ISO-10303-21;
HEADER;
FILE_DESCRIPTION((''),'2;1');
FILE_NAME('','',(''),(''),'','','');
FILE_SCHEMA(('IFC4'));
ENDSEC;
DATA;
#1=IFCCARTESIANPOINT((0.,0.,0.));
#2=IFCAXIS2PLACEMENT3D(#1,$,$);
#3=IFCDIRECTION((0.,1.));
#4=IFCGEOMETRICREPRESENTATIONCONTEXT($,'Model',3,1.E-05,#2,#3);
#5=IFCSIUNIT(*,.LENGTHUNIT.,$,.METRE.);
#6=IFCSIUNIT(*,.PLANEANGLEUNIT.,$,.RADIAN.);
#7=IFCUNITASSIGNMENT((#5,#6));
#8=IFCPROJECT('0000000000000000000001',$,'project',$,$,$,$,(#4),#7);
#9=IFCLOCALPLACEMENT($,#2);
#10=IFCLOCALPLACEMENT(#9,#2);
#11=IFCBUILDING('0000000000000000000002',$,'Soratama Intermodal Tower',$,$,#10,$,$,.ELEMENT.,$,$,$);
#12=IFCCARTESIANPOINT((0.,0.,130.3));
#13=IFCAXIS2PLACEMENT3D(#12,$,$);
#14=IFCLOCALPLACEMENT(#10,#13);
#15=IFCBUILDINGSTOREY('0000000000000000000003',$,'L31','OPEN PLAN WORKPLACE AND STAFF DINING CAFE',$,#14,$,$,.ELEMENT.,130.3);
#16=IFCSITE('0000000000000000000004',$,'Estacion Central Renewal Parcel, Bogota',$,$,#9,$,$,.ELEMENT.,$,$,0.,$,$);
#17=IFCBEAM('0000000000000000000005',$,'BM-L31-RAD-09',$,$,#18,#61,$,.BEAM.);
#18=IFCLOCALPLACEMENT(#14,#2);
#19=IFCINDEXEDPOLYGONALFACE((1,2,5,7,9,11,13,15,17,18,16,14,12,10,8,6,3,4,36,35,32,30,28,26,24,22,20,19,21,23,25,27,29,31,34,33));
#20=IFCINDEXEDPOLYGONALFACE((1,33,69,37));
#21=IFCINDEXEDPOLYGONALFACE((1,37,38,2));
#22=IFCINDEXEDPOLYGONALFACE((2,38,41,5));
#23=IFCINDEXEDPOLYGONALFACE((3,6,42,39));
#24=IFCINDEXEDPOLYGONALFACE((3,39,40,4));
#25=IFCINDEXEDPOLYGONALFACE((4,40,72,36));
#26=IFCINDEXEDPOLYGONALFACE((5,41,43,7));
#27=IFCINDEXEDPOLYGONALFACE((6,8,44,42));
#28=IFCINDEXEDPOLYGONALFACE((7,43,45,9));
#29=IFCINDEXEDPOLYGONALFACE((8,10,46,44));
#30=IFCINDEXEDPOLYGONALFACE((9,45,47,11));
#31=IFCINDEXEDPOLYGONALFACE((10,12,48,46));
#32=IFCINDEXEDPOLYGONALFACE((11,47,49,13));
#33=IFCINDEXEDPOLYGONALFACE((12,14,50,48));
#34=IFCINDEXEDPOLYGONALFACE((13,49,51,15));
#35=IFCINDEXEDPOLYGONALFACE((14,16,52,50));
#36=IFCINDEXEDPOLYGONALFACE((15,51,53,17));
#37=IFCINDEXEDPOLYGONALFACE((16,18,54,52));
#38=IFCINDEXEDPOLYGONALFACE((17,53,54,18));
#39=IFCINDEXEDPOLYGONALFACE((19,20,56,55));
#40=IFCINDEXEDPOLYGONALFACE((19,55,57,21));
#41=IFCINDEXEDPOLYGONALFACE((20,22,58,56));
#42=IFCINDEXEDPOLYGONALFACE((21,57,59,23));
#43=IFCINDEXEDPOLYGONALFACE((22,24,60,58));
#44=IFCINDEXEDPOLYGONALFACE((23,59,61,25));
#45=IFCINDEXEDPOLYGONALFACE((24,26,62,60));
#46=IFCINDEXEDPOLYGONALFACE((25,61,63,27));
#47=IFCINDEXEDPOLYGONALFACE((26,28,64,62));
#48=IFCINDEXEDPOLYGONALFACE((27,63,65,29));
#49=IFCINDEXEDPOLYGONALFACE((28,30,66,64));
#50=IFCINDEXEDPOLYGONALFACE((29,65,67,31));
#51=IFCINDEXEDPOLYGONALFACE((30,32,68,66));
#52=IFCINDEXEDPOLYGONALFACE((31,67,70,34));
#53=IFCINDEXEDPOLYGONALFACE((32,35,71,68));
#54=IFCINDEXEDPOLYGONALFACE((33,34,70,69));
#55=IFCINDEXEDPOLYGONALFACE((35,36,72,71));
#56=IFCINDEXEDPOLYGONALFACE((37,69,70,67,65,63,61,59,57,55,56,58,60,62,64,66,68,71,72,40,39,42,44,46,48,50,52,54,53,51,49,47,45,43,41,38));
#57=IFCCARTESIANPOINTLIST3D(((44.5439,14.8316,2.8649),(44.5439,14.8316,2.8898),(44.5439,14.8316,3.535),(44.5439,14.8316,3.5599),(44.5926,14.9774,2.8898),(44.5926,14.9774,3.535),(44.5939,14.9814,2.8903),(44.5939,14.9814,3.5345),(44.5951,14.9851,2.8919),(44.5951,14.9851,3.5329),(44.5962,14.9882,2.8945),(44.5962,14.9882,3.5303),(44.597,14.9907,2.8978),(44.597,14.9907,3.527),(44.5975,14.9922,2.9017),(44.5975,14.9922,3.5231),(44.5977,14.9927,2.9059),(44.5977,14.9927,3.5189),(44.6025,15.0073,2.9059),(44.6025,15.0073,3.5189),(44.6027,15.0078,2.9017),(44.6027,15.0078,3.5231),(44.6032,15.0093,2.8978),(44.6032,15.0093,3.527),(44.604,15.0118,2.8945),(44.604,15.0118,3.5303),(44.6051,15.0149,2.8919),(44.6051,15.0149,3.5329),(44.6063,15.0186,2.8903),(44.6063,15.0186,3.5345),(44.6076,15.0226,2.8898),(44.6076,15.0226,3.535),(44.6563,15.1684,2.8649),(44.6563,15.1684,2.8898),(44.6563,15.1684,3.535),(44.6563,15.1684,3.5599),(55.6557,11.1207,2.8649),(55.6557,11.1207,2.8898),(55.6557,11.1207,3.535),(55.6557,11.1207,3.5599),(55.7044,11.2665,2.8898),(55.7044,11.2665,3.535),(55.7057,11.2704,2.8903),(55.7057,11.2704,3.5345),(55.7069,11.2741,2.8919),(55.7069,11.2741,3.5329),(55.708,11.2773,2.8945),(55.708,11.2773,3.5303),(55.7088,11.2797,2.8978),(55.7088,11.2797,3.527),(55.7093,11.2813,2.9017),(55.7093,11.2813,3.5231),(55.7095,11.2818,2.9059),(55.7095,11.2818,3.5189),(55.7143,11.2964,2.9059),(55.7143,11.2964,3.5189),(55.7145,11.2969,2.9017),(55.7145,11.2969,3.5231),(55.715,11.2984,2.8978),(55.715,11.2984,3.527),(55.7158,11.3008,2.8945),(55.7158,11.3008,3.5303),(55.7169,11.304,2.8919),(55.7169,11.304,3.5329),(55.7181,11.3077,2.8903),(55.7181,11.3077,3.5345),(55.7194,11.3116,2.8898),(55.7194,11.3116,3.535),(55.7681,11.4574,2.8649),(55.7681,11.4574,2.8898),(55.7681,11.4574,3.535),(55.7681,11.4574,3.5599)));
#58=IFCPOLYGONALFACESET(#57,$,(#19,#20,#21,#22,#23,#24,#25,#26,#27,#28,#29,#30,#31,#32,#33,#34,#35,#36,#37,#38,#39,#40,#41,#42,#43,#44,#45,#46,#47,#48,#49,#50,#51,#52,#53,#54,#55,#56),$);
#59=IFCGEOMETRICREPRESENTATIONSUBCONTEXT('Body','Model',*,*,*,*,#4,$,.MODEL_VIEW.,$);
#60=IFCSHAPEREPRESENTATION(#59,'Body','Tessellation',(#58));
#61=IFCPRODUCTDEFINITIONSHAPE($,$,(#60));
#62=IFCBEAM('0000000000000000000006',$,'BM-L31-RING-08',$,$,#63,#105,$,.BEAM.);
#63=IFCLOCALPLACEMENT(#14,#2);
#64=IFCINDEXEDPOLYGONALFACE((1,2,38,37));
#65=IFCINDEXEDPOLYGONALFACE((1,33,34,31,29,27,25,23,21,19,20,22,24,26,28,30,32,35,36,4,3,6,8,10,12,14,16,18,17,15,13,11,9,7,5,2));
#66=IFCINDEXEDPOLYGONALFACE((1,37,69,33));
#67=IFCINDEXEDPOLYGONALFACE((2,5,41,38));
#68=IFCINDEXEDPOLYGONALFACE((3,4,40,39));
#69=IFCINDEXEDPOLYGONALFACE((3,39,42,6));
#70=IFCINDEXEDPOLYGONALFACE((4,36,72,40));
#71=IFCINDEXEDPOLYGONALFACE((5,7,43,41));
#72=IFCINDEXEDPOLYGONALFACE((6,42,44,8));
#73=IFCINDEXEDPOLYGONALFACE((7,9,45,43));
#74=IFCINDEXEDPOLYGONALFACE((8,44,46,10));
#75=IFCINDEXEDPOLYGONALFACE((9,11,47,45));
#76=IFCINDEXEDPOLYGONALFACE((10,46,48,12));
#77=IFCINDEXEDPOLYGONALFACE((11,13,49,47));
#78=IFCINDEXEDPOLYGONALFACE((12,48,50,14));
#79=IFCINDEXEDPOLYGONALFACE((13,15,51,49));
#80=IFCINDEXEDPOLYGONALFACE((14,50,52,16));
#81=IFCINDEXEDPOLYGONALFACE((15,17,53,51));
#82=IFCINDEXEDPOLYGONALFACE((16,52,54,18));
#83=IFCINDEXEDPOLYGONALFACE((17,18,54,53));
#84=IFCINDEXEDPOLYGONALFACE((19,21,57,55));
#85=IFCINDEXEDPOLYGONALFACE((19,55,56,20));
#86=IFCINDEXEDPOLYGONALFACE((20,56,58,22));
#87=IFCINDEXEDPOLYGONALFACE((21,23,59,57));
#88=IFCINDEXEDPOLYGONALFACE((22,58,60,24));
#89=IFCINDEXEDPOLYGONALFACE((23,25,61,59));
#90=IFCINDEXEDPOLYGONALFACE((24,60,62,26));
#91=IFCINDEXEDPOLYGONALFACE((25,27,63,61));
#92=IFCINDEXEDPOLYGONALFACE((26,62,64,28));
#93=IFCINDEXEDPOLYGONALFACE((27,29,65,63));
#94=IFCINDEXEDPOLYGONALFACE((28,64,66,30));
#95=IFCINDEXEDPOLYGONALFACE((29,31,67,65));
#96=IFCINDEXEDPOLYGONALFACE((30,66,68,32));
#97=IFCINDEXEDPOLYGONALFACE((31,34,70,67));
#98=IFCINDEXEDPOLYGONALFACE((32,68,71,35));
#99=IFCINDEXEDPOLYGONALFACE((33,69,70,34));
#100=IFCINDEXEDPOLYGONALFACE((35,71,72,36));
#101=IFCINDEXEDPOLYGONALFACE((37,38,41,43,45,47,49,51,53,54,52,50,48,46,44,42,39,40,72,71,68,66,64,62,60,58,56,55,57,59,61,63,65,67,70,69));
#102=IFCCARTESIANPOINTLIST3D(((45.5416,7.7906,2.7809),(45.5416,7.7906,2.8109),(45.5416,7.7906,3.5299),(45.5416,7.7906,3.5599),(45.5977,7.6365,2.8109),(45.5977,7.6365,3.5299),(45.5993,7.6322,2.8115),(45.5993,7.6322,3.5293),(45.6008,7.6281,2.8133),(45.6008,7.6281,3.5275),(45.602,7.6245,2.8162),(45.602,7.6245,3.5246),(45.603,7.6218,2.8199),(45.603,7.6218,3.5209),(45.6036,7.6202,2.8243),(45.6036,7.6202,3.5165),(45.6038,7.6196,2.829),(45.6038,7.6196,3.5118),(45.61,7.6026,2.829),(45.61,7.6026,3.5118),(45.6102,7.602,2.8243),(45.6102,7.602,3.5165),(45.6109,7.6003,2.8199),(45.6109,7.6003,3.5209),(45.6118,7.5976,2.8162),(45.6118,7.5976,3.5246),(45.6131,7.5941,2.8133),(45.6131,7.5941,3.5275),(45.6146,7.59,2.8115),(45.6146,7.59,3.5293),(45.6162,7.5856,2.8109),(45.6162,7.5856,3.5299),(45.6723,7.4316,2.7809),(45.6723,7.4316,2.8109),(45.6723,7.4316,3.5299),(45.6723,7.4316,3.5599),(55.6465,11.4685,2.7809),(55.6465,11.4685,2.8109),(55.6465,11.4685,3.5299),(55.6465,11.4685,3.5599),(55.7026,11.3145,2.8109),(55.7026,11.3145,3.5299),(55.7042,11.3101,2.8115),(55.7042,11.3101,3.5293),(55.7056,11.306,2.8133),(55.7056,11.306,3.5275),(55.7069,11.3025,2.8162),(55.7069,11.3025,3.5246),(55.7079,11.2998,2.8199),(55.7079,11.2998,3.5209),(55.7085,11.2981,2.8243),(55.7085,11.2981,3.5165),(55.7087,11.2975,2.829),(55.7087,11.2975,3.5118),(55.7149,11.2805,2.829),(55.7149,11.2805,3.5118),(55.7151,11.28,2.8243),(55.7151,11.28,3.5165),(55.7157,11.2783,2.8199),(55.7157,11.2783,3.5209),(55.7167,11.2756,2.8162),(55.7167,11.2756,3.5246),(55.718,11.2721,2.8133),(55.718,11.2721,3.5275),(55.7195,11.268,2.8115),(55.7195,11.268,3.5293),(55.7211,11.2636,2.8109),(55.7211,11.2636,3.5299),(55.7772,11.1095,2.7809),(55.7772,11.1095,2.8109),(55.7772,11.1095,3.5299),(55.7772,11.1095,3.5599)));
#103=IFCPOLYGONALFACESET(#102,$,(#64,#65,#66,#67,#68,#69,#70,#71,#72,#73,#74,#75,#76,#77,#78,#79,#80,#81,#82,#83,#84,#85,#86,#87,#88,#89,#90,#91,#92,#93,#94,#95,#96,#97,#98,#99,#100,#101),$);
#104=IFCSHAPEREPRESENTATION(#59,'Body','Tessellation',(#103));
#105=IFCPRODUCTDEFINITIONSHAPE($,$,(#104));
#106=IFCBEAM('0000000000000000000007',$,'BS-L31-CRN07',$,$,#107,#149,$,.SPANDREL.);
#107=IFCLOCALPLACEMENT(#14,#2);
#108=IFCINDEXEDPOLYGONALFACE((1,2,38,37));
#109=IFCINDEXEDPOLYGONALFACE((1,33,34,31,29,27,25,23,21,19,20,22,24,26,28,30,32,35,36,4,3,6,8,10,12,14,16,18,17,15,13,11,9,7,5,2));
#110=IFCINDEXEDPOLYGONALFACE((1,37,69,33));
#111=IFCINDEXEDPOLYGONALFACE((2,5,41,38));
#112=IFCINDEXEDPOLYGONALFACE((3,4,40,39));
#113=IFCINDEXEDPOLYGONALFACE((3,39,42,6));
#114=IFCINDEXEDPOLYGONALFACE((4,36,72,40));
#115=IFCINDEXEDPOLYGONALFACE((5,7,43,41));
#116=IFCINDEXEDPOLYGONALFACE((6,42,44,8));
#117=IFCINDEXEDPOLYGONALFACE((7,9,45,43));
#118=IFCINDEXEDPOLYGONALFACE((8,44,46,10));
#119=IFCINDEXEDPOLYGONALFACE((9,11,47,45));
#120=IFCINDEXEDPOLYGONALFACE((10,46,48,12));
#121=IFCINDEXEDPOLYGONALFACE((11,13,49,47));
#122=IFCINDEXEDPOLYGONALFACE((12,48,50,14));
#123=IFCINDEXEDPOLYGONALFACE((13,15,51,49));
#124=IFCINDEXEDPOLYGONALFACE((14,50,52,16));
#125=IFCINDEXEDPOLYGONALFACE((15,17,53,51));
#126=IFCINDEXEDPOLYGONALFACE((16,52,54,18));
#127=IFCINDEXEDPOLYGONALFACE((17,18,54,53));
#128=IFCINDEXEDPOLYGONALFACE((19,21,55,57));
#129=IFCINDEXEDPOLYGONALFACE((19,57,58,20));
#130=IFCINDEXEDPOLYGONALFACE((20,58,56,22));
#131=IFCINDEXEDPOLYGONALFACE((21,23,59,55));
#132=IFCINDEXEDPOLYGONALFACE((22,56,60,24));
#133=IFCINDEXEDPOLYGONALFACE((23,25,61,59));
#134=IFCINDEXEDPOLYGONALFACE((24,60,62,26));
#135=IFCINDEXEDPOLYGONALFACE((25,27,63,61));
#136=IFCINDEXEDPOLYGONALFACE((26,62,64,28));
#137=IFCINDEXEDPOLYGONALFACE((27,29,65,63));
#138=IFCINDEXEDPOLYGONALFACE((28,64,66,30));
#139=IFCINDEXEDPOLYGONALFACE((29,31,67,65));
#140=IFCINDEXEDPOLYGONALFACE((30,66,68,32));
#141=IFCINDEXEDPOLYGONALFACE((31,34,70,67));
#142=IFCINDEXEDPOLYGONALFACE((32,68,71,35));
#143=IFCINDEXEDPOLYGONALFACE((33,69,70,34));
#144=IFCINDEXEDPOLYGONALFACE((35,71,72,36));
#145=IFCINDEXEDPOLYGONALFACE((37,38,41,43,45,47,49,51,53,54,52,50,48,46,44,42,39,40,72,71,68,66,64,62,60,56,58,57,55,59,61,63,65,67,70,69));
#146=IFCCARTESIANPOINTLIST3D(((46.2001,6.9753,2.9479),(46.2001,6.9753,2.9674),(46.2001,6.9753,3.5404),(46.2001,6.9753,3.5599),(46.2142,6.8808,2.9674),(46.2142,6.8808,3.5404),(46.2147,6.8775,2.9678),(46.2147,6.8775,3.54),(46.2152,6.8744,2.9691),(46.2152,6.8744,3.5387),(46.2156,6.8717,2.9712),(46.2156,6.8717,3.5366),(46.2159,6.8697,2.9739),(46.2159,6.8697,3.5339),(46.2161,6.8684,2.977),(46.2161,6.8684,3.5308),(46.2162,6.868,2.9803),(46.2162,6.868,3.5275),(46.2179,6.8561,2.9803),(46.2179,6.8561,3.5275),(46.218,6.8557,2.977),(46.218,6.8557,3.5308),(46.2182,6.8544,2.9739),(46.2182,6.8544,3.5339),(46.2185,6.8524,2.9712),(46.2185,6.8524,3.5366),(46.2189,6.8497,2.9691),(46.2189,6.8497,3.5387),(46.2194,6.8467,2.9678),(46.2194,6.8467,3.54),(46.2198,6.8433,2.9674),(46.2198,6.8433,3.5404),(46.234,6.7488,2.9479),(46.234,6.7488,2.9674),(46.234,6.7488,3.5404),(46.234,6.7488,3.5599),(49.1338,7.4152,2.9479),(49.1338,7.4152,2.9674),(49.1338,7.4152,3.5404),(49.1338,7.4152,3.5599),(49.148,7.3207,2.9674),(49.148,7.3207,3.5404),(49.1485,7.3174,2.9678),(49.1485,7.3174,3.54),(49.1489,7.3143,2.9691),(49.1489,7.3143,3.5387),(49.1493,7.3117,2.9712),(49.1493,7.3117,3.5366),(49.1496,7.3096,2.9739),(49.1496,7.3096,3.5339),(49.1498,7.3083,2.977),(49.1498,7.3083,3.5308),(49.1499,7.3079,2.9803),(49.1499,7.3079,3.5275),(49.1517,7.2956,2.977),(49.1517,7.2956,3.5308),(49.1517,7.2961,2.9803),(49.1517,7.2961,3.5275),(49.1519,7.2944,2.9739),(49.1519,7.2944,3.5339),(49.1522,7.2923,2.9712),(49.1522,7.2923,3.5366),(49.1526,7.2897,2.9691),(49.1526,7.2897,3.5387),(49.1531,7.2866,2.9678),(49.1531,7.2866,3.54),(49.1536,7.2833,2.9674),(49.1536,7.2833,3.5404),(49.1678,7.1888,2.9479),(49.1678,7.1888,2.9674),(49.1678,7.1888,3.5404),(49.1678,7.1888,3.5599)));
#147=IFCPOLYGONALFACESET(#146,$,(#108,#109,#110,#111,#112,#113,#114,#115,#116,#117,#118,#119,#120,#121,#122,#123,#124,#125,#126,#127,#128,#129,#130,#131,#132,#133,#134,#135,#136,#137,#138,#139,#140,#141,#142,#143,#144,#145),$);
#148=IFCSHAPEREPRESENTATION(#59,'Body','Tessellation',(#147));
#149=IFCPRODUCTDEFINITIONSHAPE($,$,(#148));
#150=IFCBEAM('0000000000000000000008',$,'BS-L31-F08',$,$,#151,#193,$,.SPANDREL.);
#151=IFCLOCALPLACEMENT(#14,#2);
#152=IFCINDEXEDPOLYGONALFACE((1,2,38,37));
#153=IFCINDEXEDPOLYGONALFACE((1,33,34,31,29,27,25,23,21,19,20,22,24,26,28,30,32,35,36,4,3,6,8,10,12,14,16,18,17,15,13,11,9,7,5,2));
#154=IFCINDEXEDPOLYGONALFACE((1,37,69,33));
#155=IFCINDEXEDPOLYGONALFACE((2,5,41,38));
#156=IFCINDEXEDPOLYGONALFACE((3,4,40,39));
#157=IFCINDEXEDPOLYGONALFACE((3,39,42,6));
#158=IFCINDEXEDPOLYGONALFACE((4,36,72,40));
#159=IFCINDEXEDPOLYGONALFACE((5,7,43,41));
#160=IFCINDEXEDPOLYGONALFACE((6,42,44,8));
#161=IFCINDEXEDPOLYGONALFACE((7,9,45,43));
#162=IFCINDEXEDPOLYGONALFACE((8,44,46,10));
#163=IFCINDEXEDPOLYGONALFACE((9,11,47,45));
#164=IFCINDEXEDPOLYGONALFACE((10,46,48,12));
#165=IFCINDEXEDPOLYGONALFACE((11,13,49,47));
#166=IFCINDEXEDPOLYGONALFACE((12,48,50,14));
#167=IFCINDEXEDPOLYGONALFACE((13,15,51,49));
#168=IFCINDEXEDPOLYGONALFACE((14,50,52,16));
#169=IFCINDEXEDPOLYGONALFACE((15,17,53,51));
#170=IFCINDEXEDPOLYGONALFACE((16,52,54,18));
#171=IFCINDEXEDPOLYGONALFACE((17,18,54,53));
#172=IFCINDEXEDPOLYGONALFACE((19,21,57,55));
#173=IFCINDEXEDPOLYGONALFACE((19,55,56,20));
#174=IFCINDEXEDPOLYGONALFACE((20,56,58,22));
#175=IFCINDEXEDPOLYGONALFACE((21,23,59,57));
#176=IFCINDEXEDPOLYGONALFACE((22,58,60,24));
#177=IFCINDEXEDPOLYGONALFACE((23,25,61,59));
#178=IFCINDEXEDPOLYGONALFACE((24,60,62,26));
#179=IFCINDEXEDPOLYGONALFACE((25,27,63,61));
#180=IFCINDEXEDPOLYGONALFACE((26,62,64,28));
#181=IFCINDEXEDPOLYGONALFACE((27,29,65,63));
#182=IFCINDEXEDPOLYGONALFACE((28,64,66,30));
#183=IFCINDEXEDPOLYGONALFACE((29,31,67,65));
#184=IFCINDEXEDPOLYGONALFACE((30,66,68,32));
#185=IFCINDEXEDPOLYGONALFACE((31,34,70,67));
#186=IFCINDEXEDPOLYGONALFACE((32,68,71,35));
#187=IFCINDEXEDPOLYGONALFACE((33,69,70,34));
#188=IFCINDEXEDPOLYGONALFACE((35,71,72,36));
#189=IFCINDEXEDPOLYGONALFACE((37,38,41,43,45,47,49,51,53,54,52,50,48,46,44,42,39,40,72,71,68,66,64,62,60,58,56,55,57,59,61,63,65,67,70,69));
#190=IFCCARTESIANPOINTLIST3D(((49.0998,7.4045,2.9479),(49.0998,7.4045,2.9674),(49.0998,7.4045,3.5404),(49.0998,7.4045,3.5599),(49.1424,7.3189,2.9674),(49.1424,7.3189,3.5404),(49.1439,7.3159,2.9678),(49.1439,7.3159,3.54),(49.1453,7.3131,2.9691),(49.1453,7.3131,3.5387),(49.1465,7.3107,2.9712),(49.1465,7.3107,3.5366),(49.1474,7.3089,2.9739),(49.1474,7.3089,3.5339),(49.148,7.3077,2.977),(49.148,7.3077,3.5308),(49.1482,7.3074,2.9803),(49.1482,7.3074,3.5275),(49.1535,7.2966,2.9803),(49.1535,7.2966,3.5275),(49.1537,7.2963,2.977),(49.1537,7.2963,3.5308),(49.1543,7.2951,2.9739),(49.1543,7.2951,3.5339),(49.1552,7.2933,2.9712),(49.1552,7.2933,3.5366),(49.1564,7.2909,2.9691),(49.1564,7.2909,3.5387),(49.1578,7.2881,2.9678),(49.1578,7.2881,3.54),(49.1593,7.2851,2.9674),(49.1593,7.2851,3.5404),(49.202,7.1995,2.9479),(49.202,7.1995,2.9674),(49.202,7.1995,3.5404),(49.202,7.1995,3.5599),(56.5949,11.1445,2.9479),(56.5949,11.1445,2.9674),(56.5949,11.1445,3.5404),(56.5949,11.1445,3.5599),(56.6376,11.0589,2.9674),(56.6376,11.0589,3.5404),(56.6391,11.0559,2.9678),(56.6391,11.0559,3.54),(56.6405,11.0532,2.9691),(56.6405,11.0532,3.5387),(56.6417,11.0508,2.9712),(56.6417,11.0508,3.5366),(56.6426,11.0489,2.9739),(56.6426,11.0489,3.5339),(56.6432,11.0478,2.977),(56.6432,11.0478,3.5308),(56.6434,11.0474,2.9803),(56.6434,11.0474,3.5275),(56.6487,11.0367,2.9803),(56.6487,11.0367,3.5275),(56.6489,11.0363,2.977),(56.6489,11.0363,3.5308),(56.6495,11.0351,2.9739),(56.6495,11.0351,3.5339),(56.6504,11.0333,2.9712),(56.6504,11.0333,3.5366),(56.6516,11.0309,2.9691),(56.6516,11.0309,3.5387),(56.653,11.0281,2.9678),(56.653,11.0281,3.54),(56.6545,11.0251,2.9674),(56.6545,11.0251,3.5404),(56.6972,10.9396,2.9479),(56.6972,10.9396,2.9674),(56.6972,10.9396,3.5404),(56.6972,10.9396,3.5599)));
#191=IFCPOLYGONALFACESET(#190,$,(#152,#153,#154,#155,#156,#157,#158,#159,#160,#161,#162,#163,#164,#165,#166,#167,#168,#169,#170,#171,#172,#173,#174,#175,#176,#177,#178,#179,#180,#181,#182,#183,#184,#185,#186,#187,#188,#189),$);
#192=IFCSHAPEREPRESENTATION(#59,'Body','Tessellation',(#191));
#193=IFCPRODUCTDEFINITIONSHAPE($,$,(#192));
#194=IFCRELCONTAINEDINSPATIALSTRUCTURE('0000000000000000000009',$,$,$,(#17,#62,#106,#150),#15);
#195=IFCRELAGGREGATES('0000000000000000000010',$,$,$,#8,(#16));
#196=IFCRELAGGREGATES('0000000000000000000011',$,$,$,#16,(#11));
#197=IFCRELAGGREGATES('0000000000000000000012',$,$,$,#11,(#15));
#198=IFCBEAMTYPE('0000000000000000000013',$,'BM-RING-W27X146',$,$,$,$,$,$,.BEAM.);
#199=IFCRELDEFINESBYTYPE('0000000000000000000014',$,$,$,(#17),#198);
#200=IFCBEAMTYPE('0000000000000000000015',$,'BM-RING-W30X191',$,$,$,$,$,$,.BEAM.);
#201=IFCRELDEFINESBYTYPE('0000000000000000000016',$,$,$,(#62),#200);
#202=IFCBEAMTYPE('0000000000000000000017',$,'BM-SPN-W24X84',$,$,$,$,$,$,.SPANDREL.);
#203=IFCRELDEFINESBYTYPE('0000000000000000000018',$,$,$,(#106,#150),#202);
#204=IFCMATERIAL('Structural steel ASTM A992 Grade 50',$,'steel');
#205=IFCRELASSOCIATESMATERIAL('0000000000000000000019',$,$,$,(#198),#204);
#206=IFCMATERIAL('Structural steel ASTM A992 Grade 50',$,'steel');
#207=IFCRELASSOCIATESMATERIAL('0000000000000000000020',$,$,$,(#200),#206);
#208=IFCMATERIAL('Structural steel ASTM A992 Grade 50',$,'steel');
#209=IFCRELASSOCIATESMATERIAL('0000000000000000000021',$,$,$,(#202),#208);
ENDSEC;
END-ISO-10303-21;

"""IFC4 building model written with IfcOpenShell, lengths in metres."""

from ifc_helpers import new_model, si_unit, direction, frame, origin, origin_2d, place, context, subcontext, project, spatial, i_section, extrude, material, material_profile, profile_set, type_object, element, save


model = new_model("IFC4")

# Units and contexts
model_context = context("Model", 3, precision=1e-05, world=origin(), true_north=direction((0.0, 1.0)))
body_context = subcontext(model_context, "Body", "Model", "MODEL_VIEW")
ifc_project = project(units=[si_unit("LENGTHUNIT", "METRE"), si_unit("PLANEANGLEUNIT", "RADIAN")], contexts=[model_context])

# Site, building, storey
site_placement = place(None, origin())
site = spatial("IfcSite", under=ifc_project, at=site_placement, Name="Estacion Central Renewal Parcel, Bogota", CompositionType="ELEMENT", RefElevation=0.0)
building_placement = place(site_placement, origin())
building = spatial("IfcBuilding", under=site, at=building_placement, Name="Soratama Intermodal Tower", CompositionType="ELEMENT")
storey_placement = place(building_placement, frame((0.0, 0.0, 130.3)))
storey = spatial("IfcBuildingStorey", under=building, at=storey_placement, Name="L31", Description="OPEN PLAN WORKPLACE AND STAFF DINING CAFE", CompositionType="ELEMENT", Elevation=130.3)

# Beams
ifc_material_1 = material(Name="Structural steel ASTM A992 Grade 50", Category="steel")
ifc_material_profile_1 = material_profile(ifc_material_1, i_section(OverallWidth=0.355, OverallDepth=0.6951, WebThickness=0.0154, FlangeThickness=0.0249, FilletRadius=0.0161, at=origin_2d()), Name="W27X146")
ifc_profile_set_1 = profile_set([ifc_material_profile_1], Name="Structural steel ASTM A992 Grade 50")
beam_type_1 = type_object("IfcBeamType", Name="BM-RING-W27X146", PredefinedType="BEAM", material=ifc_profile_set_1)
beam_1_placement = place(storey_placement, frame((44.6001, 15.0, 3.2124), z_axis=(0.948504, -0.316765, 0.0), x_axis=(0.316765, 0.948504, 0.0)))
element("IfcBeam", 1, at=beam_1_placement, inside=storey, type_object=beam_type_1, Name="BM-L31-RAD-09", PredefinedType="BEAM", context=body_context, shape_type="SweptSolid", body=[
    extrude(i_section(OverallWidth=0.355, OverallDepth=0.6951, WebThickness=0.0154, FlangeThickness=0.0249, FilletRadius=0.0161, at=origin_2d()), origin(), (0.0, 0.0, 1.0), 11.7151),
])
ifc_material_2 = material(Name="Structural steel ASTM A992 Grade 50", Category="steel")
ifc_material_profile_2 = material_profile(ifc_material_2, i_section(OverallWidth=0.3821, OverallDepth=0.7791, WebThickness=0.0181, FlangeThickness=0.03, FilletRadius=0.0181, at=origin_2d()), Name="W30X191")
ifc_profile_set_2 = profile_set([ifc_material_profile_2], Name="Structural steel ASTM A992 Grade 50")
beam_type_2 = type_object("IfcBeamType", Name="BM-RING-W30X191", PredefinedType="BEAM", material=ifc_profile_set_2)
beam_2_placement = place(storey_placement, frame((45.6069, 7.6111, 3.1704), z_axis=(0.939691, 0.342026, 0.0), x_axis=(-0.342026, 0.939691, 0.0)))
element("IfcBeam", 2, at=beam_2_placement, inside=storey, type_object=beam_type_2, Name="BM-L31-RING-08", PredefinedType="BEAM", context=body_context, shape_type="SweptSolid", body=[
    extrude(i_section(OverallWidth=0.3821, OverallDepth=0.7791, WebThickness=0.0181, FlangeThickness=0.03, FilletRadius=0.0181, at=origin_2d()), origin(), (0.0, 0.0, 1.0), 10.7534),
])
ifc_material_3 = material(Name="Structural steel ASTM A992 Grade 50", Category="steel")
ifc_material_profile_3 = material_profile(ifc_material_3, i_section(OverallWidth=0.229, OverallDepth=0.6121, WebThickness=0.012, FlangeThickness=0.0195, FilletRadius=0.0129, at=origin_2d()), Name="W24X84")
ifc_profile_set_3 = profile_set([ifc_material_profile_3], Name="Structural steel ASTM A992 Grade 50")
beam_type_3 = type_object("IfcBeamType", Name="BM-SPN-W24X84", PredefinedType="SPANDREL", material=ifc_profile_set_3)
beam_3_placement = place(storey_placement, frame((46.217, 6.8621, 3.2539), z_axis=(0.988943, 0.148296, 0.0), x_axis=(-0.148296, 0.988943, 0.0)))
element("IfcBeam", 3, at=beam_3_placement, inside=storey, type_object=beam_type_3, Name="BS-L31-CRN07", PredefinedType="SPANDREL", context=body_context, shape_type="SweptSolid", body=[
    extrude(i_section(OverallWidth=0.229, OverallDepth=0.6121, WebThickness=0.012, FlangeThickness=0.0195, FilletRadius=0.0129, at=origin_2d()), origin(), (0.0, 0.0, 1.0), 2.9666),
])
beam_4_placement = place(storey_placement, frame((49.1509, 7.302, 3.2539), z_axis=(0.894788, 0.446491, 0.0), x_axis=(-0.446491, 0.894788, 0.0)))
element("IfcBeam", 4, at=beam_4_placement, inside=storey, type_object=beam_type_3, Name="BS-L31-F08", PredefinedType="SPANDREL", context=body_context, shape_type="SweptSolid", body=[
    extrude(i_section(OverallWidth=0.229, OverallDepth=0.6121, WebThickness=0.012, FlangeThickness=0.0195, FilletRadius=0.0129, at=origin_2d()), origin(), (0.0, 0.0, 1.0), 8.3765),
])

save(model, "model.ifc")
